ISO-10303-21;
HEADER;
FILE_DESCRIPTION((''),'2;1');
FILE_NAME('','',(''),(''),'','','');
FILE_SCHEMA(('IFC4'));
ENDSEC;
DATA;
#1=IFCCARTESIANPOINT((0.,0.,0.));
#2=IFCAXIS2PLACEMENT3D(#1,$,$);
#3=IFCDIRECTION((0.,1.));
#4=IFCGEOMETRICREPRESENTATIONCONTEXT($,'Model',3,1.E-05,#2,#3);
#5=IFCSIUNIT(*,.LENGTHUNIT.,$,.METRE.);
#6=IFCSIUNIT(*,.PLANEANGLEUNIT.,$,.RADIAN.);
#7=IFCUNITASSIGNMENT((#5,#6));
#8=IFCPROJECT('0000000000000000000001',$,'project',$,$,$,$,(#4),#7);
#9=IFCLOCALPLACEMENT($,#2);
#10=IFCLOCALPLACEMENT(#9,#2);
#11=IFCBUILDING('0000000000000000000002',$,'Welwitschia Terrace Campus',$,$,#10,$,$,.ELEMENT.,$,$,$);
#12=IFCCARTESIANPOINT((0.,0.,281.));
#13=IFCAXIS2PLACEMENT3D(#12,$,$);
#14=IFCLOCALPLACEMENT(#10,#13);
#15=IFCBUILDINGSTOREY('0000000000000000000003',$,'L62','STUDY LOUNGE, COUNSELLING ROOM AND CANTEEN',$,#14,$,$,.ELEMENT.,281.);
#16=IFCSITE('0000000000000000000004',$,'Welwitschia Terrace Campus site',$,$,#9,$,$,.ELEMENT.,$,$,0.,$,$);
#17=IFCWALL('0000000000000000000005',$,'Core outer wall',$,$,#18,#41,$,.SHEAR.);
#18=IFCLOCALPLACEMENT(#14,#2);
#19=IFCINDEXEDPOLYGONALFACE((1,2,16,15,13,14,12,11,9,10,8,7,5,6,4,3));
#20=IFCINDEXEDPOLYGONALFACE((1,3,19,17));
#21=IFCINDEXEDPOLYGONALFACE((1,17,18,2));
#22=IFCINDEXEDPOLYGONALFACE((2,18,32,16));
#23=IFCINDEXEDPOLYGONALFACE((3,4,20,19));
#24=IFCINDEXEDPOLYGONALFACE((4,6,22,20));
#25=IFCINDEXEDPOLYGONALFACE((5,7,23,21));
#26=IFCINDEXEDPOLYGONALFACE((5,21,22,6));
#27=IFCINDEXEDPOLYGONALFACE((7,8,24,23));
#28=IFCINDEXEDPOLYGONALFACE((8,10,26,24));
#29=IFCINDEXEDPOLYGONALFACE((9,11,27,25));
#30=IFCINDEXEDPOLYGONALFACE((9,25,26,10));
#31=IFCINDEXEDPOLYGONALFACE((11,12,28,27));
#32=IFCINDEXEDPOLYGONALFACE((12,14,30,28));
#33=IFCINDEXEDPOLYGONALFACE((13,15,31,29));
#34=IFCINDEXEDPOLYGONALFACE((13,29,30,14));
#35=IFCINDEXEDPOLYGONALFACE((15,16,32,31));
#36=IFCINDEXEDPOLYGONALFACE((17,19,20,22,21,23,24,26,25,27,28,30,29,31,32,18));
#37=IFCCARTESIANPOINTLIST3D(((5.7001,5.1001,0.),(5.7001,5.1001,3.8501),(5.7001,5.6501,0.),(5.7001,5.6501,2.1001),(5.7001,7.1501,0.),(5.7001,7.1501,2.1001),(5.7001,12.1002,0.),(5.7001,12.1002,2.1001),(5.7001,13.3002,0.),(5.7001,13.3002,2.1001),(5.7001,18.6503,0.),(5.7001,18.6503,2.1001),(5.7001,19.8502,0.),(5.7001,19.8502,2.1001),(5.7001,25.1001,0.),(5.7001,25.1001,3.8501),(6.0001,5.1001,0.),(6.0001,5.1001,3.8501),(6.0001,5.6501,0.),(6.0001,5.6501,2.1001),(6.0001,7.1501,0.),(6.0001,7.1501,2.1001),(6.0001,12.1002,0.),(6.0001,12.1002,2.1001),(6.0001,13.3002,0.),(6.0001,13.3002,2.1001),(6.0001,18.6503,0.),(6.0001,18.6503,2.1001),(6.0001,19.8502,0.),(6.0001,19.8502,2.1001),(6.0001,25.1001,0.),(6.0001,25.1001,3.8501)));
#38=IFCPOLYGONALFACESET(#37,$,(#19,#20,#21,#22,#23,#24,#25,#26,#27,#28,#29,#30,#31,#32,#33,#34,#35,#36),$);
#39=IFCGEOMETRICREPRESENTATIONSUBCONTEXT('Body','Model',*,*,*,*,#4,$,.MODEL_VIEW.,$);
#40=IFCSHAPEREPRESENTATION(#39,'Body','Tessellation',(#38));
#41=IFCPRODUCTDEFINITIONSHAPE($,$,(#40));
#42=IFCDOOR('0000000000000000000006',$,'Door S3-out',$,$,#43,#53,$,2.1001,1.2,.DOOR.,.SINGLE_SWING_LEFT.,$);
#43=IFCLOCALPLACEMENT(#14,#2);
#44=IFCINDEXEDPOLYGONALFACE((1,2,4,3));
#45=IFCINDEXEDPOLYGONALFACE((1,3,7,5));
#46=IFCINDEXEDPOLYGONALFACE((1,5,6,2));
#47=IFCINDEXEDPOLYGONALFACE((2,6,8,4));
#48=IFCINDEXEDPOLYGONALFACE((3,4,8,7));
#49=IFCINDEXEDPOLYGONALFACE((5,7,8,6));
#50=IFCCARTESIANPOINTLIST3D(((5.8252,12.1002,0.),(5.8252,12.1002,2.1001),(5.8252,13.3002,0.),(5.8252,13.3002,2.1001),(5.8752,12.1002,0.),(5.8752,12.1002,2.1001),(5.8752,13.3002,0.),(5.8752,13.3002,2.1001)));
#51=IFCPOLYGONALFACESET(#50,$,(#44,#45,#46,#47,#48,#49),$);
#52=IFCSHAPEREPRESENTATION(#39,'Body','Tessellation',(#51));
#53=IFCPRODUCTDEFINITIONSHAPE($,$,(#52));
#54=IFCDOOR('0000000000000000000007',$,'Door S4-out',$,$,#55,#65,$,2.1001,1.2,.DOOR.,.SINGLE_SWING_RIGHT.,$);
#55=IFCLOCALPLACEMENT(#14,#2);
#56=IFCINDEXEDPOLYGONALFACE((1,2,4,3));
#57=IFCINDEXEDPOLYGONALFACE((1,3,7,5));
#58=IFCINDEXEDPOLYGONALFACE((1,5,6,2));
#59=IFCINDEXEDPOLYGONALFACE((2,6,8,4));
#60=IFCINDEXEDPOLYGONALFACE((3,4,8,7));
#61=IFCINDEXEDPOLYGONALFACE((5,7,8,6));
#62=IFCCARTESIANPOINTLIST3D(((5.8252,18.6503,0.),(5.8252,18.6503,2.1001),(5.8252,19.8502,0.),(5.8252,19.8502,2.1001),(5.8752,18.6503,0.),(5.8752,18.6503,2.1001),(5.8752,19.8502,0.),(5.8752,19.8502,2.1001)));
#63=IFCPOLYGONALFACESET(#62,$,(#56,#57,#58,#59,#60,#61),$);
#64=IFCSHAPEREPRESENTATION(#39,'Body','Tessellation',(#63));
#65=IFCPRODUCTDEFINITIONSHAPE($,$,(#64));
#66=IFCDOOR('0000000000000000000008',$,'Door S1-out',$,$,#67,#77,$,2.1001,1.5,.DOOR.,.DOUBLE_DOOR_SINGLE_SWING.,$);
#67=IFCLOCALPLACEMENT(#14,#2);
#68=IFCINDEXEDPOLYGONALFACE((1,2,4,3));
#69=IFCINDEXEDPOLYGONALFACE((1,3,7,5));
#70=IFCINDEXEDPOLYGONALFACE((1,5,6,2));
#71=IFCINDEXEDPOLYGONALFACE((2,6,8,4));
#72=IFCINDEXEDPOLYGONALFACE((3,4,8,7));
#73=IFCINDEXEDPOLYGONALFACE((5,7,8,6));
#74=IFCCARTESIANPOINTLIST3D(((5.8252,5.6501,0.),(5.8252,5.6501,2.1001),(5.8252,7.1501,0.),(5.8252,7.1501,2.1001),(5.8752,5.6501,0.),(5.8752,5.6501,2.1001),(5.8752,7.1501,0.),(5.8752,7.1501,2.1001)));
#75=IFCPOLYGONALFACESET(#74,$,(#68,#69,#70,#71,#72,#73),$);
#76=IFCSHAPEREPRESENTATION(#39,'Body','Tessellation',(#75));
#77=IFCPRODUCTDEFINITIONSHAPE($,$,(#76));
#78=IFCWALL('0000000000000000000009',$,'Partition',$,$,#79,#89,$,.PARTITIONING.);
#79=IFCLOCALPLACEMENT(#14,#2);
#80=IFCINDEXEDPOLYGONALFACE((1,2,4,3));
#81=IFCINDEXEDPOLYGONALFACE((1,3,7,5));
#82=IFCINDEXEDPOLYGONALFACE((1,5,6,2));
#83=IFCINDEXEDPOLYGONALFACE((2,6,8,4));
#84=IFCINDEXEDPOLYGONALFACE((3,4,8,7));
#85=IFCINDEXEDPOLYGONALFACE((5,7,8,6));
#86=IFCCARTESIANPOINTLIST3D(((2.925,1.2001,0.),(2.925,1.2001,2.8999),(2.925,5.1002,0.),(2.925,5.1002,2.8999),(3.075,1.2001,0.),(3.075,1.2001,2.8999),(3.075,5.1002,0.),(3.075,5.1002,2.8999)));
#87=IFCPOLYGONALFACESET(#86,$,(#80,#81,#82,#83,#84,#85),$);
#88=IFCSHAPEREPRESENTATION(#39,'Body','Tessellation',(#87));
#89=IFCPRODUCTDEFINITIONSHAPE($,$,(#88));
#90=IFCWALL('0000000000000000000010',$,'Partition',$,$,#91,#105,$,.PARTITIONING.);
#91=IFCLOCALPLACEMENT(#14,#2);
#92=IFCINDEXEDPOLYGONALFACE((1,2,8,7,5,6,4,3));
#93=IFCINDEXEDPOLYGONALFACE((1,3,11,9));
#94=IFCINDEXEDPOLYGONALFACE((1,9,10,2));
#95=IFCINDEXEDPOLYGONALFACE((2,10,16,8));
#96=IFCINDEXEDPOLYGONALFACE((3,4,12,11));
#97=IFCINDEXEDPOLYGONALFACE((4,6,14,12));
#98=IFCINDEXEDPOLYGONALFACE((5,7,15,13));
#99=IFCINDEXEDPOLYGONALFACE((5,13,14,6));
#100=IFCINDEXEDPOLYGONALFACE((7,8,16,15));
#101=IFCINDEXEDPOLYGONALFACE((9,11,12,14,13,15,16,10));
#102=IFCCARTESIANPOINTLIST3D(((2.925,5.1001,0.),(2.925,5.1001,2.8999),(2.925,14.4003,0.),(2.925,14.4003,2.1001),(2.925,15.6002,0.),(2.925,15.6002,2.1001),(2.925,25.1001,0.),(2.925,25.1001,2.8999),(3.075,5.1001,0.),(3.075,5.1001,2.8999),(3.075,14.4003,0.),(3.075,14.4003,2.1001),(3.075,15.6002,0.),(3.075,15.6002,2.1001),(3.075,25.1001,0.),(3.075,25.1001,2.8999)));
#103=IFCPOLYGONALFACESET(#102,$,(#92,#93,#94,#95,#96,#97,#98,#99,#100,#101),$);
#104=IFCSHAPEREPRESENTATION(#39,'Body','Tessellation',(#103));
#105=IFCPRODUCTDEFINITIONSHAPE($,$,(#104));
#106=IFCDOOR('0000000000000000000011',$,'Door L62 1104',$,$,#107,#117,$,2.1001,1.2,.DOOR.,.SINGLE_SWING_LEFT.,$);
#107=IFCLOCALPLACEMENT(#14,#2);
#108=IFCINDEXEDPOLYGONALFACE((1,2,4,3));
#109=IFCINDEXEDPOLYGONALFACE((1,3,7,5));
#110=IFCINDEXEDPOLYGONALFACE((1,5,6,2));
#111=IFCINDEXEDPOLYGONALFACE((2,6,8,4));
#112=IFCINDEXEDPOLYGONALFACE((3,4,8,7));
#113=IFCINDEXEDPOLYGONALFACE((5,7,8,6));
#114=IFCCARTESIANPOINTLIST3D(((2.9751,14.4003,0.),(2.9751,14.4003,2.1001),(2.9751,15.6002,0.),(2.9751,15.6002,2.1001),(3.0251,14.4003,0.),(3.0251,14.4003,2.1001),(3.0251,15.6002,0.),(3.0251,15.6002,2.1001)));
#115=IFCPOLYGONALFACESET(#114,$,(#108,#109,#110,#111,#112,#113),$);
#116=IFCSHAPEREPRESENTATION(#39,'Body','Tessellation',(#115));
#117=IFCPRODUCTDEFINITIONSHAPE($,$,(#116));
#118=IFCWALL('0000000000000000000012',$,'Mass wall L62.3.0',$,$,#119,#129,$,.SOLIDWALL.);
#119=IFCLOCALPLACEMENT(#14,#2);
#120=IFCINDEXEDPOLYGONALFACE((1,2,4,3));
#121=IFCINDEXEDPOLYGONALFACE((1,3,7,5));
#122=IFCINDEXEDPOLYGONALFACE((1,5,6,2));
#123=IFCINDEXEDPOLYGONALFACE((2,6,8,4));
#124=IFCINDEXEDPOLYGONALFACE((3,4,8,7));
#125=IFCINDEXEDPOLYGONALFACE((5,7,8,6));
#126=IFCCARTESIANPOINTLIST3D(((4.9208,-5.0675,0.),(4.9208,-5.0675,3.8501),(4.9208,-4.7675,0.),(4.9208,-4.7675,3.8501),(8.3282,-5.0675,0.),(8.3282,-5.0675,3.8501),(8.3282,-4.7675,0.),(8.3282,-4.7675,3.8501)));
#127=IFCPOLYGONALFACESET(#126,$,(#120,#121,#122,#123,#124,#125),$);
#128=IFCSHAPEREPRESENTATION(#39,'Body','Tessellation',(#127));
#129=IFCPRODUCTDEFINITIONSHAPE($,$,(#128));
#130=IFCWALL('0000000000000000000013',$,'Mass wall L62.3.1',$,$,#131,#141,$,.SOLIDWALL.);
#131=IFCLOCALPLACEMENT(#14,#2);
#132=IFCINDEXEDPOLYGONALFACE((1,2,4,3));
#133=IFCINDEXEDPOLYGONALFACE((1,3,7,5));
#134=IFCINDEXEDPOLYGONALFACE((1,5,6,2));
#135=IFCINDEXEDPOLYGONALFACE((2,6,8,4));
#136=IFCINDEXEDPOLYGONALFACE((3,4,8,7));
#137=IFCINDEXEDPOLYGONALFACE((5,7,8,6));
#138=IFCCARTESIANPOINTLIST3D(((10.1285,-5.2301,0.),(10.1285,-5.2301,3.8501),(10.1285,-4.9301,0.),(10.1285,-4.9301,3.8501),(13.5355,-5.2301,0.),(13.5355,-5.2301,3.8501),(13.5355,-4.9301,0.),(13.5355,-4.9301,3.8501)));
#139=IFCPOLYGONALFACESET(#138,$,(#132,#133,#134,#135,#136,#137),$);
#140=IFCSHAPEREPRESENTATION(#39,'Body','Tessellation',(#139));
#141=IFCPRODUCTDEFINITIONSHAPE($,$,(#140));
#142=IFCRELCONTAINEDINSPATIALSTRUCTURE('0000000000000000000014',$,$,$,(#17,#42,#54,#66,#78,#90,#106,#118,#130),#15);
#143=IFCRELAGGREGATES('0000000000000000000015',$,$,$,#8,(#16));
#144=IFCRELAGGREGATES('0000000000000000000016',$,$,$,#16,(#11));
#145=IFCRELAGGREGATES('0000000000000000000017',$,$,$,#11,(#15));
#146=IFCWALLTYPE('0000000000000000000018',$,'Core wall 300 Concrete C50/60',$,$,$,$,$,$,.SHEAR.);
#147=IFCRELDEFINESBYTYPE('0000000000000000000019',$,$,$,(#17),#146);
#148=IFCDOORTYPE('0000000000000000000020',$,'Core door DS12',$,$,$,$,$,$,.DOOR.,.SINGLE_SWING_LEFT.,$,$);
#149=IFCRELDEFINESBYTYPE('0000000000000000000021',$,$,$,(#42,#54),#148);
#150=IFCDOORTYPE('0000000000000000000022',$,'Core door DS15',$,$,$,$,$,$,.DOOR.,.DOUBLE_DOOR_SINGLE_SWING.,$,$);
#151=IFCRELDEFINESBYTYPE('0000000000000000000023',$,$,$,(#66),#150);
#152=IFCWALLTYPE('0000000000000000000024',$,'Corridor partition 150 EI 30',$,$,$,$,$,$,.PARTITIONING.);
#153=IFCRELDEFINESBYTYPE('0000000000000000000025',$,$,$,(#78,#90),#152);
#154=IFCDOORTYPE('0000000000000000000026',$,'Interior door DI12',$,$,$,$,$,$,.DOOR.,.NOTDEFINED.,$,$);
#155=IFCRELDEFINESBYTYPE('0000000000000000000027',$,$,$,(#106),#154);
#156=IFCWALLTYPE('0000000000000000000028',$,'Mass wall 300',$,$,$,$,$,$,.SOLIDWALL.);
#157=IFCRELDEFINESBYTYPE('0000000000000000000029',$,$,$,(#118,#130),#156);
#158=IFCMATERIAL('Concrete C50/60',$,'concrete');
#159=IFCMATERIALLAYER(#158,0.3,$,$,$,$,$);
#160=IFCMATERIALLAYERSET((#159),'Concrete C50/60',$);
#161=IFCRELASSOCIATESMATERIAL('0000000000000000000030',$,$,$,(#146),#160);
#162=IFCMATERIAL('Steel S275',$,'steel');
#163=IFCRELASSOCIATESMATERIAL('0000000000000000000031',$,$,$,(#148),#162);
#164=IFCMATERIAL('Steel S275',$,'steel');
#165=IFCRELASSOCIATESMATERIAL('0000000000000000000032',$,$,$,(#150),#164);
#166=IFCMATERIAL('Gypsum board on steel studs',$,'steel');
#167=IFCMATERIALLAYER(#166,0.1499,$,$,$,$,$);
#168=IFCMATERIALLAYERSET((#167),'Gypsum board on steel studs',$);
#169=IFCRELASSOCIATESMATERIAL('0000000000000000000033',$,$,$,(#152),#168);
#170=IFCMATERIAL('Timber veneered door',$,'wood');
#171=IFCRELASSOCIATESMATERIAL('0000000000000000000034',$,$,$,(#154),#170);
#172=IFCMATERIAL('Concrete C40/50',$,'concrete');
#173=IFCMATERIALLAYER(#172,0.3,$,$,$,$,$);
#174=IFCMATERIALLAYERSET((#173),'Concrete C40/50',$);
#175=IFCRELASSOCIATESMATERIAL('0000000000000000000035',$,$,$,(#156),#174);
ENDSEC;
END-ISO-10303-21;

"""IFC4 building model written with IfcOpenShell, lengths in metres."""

from ifc_helpers import new_model, si_unit, direction, frame, frame_2d, origin, place, context, subcontext, project, spatial, rectangle, extrude, material, layer, layer_set, type_object, element, fill, save


model = new_model("IFC4")

# Units and contexts
model_context = context("Model", 3, precision=1e-05, world=origin(), true_north=direction((0.0, 1.0)))
body_context = subcontext(model_context, "Body", "Model", "MODEL_VIEW")
ifc_project = project(units=[si_unit("LENGTHUNIT", "METRE"), si_unit("PLANEANGLEUNIT", "RADIAN")], contexts=[model_context])

# Site, building, storey
site_placement = place(None, origin())
site = spatial("IfcSite", under=ifc_project, at=site_placement, Name="Welwitschia Terrace Campus site", CompositionType="ELEMENT", RefElevation=0.0)
building_placement = place(site_placement, origin())
building = spatial("IfcBuilding", under=site, at=building_placement, Name="Welwitschia Terrace Campus", CompositionType="ELEMENT")
storey_placement = place(building_placement, frame((0.0, 0.0, 281.0)))
storey = spatial("IfcBuildingStorey", under=building, at=storey_placement, Name="L62", Description="STUDY LOUNGE, COUNSELLING ROOM AND CANTEEN", CompositionType="ELEMENT", Elevation=281.0)

# Wall, openings, doors
ifc_material_1 = material(Name="Concrete C50/60", Category="concrete")
ifc_layer_1 = layer(ifc_material_1, 0.3)
ifc_layer_set_1 = layer_set([ifc_layer_1], Name="Concrete C50/60")
wall_type_1 = type_object("IfcWallType", Name="Core wall 300 Concrete C50/60", PredefinedType="SHEAR", material=ifc_layer_set_1)
wall_1_placement = place(storey_placement, frame((5.8501, 5.1001, 0.0), z_axis=(0.0, 0.0, 1.0), x_axis=(0.0, 1.0, 0.0)))
wall_1 = element("IfcWall", 1, at=wall_1_placement, inside=storey, type_object=wall_type_1, Name="Core outer wall", PredefinedType="SHEAR", context=body_context, shape_type="SweptSolid", body=[
    extrude(rectangle(XDim=20.0, YDim=0.3, at=frame_2d((10.0, 0.0))), origin(), (0.0, 0.0, 1.0), 3.8501),
])
opening_1_placement = place(wall_1_placement, frame((0.55, 0.0, 0.0)))
opening_1 = element("IfcOpeningElement", 2, at=opening_1_placement, cuts=wall_1, PredefinedType="OPENING", context=body_context, shape_type="SweptSolid", body=[
    extrude(rectangle(XDim=1.5, YDim=2.1001, at=frame_2d((0.75, 1.05))), frame((0.0, 0.1599, 0.0), z_axis=(0.0, -1.0, 0.0), x_axis=(1.0, 0.0, 0.0)), (0.0, 0.0, 1.0), 0.3201),
])
opening_2_placement = place(wall_1_placement, frame((7.0, 0.0, 0.0)))
opening_2 = element("IfcOpeningElement", 3, at=opening_2_placement, cuts=wall_1, PredefinedType="OPENING", context=body_context, shape_type="SweptSolid", body=[
    extrude(rectangle(XDim=1.2, YDim=2.1001, at=frame_2d((0.6001, 1.05))), frame((0.0, 0.1599, 0.0), z_axis=(0.0, -1.0, 0.0), x_axis=(1.0, 0.0, 0.0)), (0.0, 0.0, 1.0), 0.3201),
])
opening_3_placement = place(wall_1_placement, frame((13.55, 0.0, 0.0)))
opening_3 = element("IfcOpeningElement", 4, at=opening_3_placement, cuts=wall_1, PredefinedType="OPENING", context=body_context, shape_type="SweptSolid", body=[
    extrude(rectangle(XDim=1.2, YDim=2.1001, at=frame_2d((0.6001, 1.05))), frame((0.0, 0.1599, 0.0), z_axis=(0.0, -1.0, 0.0), x_axis=(1.0, 0.0, 0.0)), (0.0, 0.0, 1.0), 0.3201),
])
ifc_material_2 = material(Name="Steel S275", Category="steel")
door_type_1 = type_object("IfcDoorType", Name="Core door DS12", OperationType="SINGLE_SWING_LEFT", PredefinedType="DOOR", material=ifc_material_2)
door_1_placement = place(opening_2_placement, origin())
door_1 = element("IfcDoor", 5, at=door_1_placement, inside=storey, type_object=door_type_1, Name="Door S3-out", OperationType="SINGLE_SWING_LEFT", OverallHeight=2.1001, OverallWidth=1.2, PredefinedType="DOOR", context=body_context, shape_type="SweptSolid", body=[
    extrude(rectangle(XDim=1.2, YDim=2.1001, at=frame_2d((0.6001, 1.05))), frame((0.0, 0.0249, 0.0), z_axis=(0.0, -1.0, 0.0), x_axis=(1.0, 0.0, 0.0)), (0.0, 0.0, 1.0), 0.05),
])
fill(opening_2, door_1)
door_2_placement = place(opening_3_placement, origin())
door_2 = element("IfcDoor", 6, at=door_2_placement, inside=storey, type_object=door_type_1, Name="Door S4-out", OperationType="SINGLE_SWING_RIGHT", OverallHeight=2.1001, OverallWidth=1.2, PredefinedType="DOOR", context=body_context, shape_type="SweptSolid", body=[
    extrude(rectangle(XDim=1.2, YDim=2.1001, at=frame_2d((0.6001, 1.05))), frame((0.0, 0.0249, 0.0), z_axis=(0.0, -1.0, 0.0), x_axis=(1.0, 0.0, 0.0)), (0.0, 0.0, 1.0), 0.05),
])
fill(opening_3, door_2)
ifc_material_3 = material(Name="Steel S275", Category="steel")
door_type_2 = type_object("IfcDoorType", Name="Core door DS15", OperationType="DOUBLE_DOOR_SINGLE_SWING", PredefinedType="DOOR", material=ifc_material_3)
door_3_placement = place(opening_1_placement, origin())
door_3 = element("IfcDoor", 7, at=door_3_placement, inside=storey, type_object=door_type_2, Name="Door S1-out", OperationType="DOUBLE_DOOR_SINGLE_SWING", OverallHeight=2.1001, OverallWidth=1.5, PredefinedType="DOOR", context=body_context, shape_type="SweptSolid", body=[
    extrude(rectangle(XDim=1.5, YDim=2.1001, at=frame_2d((0.75, 1.05))), frame((0.0, 0.0249, 0.0), z_axis=(0.0, -1.0, 0.0), x_axis=(1.0, 0.0, 0.0)), (0.0, 0.0, 1.0), 0.05),
])
fill(opening_1, door_3)

# Wall
ifc_material_4 = material(Name="Gypsum board on steel studs", Category="steel")
ifc_layer_2 = layer(ifc_material_4, 0.1499)
ifc_layer_set_2 = layer_set([ifc_layer_2], Name="Gypsum board on steel studs")
wall_type_2 = type_object("IfcWallType", Name="Corridor partition 150 EI 30", PredefinedType="PARTITIONING", material=ifc_layer_set_2)
wall_2_placement = place(storey_placement, frame((3.0, 1.2, 0.0), z_axis=(0.0, 0.0, 1.0), x_axis=(0.0, 1.0, 0.0)))
element("IfcWall", 8, at=wall_2_placement, inside=storey, type_object=wall_type_2, Name="Partition", PredefinedType="PARTITIONING", context=body_context, shape_type="SweptSolid", body=[
    extrude(rectangle(XDim=3.9001, YDim=0.1499, at=frame_2d((1.9502, 0.0))), origin(), (0.0, 0.0, 1.0), 2.8999),
])

# Wall, opening, door
wall_3_placement = place(storey_placement, frame((3.0, 5.1001, 0.0), z_axis=(0.0, 0.0, 1.0), x_axis=(0.0, 1.0, 0.0)))
wall_3 = element("IfcWall", 9, at=wall_3_placement, inside=storey, type_object=wall_type_2, Name="Partition", PredefinedType="PARTITIONING", context=body_context, shape_type="SweptSolid", body=[
    extrude(rectangle(XDim=20.0, YDim=0.1499, at=frame_2d((10.0, 0.0))), origin(), (0.0, 0.0, 1.0), 2.8999),
])
opening_4_placement = place(wall_3_placement, frame((9.3, 0.0, 0.0)))
opening_4 = element("IfcOpeningElement", 10, at=opening_4_placement, cuts=wall_3, PredefinedType="OPENING", context=body_context, shape_type="SweptSolid", body=[
    extrude(rectangle(XDim=1.2, YDim=2.1001, at=frame_2d((0.6001, 1.05))), frame((0.0, 0.085, 0.0), z_axis=(0.0, -1.0, 0.0), x_axis=(1.0, 0.0, 0.0)), (0.0, 0.0, 1.0), 0.1699),
])
ifc_material_5 = material(Name="Timber veneered door", Category="wood")
door_type_3 = type_object("IfcDoorType", Name="Interior door DI12", OperationType="NOTDEFINED", PredefinedType="DOOR", material=ifc_material_5)
door_4_placement = place(opening_4_placement, origin())
door_4 = element("IfcDoor", 11, at=door_4_placement, inside=storey, type_object=door_type_3, Name="Door L62 1104", OperationType="SINGLE_SWING_LEFT", OverallHeight=2.1001, OverallWidth=1.2, PredefinedType="DOOR", context=body_context, shape_type="SweptSolid", body=[
    extrude(rectangle(XDim=1.2, YDim=2.1001, at=frame_2d((0.6001, 1.05))), frame((0.0, 0.0249, 0.0), z_axis=(0.0, -1.0, 0.0), x_axis=(1.0, 0.0, 0.0)), (0.0, 0.0, 1.0), 0.05),
])
fill(opening_4, door_4)

# Walls
ifc_material_6 = material(Name="Concrete C40/50", Category="concrete")
ifc_layer_3 = layer(ifc_material_6, 0.3)
ifc_layer_set_3 = layer_set([ifc_layer_3], Name="Concrete C40/50")
wall_type_3 = type_object("IfcWallType", Name="Mass wall 300", PredefinedType="SOLIDWALL", material=ifc_layer_set_3)
wall_4_placement = place(storey_placement, frame((4.9209, -4.9175, 0.0), z_axis=(0.0, 0.0, 1.0), x_axis=(1.0, 0.0, 0.0)))
element("IfcWall", 12, at=wall_4_placement, inside=storey, type_object=wall_type_3, Name="Mass wall L62.3.0", PredefinedType="SOLIDWALL", context=body_context, shape_type="SweptSolid", body=[
    extrude(rectangle(XDim=3.4075, YDim=0.3, at=frame_2d((1.7036, 0.0))), origin(), (0.0, 0.0, 1.0), 3.8501),
])
wall_5_placement = place(storey_placement, frame((10.1284, -5.0801, 0.0), z_axis=(0.0, 0.0, 1.0), x_axis=(1.0, 0.0, 0.0)))
element("IfcWall", 13, at=wall_5_placement, inside=storey, type_object=wall_type_3, Name="Mass wall L62.3.1", PredefinedType="SOLIDWALL", context=body_context, shape_type="SweptSolid", body=[
    extrude(rectangle(XDim=3.407, YDim=0.3, at=frame_2d((1.7036, 0.0))), origin(), (0.0, 0.0, 1.0), 3.8501),
])

save(model, "model.ifc")
